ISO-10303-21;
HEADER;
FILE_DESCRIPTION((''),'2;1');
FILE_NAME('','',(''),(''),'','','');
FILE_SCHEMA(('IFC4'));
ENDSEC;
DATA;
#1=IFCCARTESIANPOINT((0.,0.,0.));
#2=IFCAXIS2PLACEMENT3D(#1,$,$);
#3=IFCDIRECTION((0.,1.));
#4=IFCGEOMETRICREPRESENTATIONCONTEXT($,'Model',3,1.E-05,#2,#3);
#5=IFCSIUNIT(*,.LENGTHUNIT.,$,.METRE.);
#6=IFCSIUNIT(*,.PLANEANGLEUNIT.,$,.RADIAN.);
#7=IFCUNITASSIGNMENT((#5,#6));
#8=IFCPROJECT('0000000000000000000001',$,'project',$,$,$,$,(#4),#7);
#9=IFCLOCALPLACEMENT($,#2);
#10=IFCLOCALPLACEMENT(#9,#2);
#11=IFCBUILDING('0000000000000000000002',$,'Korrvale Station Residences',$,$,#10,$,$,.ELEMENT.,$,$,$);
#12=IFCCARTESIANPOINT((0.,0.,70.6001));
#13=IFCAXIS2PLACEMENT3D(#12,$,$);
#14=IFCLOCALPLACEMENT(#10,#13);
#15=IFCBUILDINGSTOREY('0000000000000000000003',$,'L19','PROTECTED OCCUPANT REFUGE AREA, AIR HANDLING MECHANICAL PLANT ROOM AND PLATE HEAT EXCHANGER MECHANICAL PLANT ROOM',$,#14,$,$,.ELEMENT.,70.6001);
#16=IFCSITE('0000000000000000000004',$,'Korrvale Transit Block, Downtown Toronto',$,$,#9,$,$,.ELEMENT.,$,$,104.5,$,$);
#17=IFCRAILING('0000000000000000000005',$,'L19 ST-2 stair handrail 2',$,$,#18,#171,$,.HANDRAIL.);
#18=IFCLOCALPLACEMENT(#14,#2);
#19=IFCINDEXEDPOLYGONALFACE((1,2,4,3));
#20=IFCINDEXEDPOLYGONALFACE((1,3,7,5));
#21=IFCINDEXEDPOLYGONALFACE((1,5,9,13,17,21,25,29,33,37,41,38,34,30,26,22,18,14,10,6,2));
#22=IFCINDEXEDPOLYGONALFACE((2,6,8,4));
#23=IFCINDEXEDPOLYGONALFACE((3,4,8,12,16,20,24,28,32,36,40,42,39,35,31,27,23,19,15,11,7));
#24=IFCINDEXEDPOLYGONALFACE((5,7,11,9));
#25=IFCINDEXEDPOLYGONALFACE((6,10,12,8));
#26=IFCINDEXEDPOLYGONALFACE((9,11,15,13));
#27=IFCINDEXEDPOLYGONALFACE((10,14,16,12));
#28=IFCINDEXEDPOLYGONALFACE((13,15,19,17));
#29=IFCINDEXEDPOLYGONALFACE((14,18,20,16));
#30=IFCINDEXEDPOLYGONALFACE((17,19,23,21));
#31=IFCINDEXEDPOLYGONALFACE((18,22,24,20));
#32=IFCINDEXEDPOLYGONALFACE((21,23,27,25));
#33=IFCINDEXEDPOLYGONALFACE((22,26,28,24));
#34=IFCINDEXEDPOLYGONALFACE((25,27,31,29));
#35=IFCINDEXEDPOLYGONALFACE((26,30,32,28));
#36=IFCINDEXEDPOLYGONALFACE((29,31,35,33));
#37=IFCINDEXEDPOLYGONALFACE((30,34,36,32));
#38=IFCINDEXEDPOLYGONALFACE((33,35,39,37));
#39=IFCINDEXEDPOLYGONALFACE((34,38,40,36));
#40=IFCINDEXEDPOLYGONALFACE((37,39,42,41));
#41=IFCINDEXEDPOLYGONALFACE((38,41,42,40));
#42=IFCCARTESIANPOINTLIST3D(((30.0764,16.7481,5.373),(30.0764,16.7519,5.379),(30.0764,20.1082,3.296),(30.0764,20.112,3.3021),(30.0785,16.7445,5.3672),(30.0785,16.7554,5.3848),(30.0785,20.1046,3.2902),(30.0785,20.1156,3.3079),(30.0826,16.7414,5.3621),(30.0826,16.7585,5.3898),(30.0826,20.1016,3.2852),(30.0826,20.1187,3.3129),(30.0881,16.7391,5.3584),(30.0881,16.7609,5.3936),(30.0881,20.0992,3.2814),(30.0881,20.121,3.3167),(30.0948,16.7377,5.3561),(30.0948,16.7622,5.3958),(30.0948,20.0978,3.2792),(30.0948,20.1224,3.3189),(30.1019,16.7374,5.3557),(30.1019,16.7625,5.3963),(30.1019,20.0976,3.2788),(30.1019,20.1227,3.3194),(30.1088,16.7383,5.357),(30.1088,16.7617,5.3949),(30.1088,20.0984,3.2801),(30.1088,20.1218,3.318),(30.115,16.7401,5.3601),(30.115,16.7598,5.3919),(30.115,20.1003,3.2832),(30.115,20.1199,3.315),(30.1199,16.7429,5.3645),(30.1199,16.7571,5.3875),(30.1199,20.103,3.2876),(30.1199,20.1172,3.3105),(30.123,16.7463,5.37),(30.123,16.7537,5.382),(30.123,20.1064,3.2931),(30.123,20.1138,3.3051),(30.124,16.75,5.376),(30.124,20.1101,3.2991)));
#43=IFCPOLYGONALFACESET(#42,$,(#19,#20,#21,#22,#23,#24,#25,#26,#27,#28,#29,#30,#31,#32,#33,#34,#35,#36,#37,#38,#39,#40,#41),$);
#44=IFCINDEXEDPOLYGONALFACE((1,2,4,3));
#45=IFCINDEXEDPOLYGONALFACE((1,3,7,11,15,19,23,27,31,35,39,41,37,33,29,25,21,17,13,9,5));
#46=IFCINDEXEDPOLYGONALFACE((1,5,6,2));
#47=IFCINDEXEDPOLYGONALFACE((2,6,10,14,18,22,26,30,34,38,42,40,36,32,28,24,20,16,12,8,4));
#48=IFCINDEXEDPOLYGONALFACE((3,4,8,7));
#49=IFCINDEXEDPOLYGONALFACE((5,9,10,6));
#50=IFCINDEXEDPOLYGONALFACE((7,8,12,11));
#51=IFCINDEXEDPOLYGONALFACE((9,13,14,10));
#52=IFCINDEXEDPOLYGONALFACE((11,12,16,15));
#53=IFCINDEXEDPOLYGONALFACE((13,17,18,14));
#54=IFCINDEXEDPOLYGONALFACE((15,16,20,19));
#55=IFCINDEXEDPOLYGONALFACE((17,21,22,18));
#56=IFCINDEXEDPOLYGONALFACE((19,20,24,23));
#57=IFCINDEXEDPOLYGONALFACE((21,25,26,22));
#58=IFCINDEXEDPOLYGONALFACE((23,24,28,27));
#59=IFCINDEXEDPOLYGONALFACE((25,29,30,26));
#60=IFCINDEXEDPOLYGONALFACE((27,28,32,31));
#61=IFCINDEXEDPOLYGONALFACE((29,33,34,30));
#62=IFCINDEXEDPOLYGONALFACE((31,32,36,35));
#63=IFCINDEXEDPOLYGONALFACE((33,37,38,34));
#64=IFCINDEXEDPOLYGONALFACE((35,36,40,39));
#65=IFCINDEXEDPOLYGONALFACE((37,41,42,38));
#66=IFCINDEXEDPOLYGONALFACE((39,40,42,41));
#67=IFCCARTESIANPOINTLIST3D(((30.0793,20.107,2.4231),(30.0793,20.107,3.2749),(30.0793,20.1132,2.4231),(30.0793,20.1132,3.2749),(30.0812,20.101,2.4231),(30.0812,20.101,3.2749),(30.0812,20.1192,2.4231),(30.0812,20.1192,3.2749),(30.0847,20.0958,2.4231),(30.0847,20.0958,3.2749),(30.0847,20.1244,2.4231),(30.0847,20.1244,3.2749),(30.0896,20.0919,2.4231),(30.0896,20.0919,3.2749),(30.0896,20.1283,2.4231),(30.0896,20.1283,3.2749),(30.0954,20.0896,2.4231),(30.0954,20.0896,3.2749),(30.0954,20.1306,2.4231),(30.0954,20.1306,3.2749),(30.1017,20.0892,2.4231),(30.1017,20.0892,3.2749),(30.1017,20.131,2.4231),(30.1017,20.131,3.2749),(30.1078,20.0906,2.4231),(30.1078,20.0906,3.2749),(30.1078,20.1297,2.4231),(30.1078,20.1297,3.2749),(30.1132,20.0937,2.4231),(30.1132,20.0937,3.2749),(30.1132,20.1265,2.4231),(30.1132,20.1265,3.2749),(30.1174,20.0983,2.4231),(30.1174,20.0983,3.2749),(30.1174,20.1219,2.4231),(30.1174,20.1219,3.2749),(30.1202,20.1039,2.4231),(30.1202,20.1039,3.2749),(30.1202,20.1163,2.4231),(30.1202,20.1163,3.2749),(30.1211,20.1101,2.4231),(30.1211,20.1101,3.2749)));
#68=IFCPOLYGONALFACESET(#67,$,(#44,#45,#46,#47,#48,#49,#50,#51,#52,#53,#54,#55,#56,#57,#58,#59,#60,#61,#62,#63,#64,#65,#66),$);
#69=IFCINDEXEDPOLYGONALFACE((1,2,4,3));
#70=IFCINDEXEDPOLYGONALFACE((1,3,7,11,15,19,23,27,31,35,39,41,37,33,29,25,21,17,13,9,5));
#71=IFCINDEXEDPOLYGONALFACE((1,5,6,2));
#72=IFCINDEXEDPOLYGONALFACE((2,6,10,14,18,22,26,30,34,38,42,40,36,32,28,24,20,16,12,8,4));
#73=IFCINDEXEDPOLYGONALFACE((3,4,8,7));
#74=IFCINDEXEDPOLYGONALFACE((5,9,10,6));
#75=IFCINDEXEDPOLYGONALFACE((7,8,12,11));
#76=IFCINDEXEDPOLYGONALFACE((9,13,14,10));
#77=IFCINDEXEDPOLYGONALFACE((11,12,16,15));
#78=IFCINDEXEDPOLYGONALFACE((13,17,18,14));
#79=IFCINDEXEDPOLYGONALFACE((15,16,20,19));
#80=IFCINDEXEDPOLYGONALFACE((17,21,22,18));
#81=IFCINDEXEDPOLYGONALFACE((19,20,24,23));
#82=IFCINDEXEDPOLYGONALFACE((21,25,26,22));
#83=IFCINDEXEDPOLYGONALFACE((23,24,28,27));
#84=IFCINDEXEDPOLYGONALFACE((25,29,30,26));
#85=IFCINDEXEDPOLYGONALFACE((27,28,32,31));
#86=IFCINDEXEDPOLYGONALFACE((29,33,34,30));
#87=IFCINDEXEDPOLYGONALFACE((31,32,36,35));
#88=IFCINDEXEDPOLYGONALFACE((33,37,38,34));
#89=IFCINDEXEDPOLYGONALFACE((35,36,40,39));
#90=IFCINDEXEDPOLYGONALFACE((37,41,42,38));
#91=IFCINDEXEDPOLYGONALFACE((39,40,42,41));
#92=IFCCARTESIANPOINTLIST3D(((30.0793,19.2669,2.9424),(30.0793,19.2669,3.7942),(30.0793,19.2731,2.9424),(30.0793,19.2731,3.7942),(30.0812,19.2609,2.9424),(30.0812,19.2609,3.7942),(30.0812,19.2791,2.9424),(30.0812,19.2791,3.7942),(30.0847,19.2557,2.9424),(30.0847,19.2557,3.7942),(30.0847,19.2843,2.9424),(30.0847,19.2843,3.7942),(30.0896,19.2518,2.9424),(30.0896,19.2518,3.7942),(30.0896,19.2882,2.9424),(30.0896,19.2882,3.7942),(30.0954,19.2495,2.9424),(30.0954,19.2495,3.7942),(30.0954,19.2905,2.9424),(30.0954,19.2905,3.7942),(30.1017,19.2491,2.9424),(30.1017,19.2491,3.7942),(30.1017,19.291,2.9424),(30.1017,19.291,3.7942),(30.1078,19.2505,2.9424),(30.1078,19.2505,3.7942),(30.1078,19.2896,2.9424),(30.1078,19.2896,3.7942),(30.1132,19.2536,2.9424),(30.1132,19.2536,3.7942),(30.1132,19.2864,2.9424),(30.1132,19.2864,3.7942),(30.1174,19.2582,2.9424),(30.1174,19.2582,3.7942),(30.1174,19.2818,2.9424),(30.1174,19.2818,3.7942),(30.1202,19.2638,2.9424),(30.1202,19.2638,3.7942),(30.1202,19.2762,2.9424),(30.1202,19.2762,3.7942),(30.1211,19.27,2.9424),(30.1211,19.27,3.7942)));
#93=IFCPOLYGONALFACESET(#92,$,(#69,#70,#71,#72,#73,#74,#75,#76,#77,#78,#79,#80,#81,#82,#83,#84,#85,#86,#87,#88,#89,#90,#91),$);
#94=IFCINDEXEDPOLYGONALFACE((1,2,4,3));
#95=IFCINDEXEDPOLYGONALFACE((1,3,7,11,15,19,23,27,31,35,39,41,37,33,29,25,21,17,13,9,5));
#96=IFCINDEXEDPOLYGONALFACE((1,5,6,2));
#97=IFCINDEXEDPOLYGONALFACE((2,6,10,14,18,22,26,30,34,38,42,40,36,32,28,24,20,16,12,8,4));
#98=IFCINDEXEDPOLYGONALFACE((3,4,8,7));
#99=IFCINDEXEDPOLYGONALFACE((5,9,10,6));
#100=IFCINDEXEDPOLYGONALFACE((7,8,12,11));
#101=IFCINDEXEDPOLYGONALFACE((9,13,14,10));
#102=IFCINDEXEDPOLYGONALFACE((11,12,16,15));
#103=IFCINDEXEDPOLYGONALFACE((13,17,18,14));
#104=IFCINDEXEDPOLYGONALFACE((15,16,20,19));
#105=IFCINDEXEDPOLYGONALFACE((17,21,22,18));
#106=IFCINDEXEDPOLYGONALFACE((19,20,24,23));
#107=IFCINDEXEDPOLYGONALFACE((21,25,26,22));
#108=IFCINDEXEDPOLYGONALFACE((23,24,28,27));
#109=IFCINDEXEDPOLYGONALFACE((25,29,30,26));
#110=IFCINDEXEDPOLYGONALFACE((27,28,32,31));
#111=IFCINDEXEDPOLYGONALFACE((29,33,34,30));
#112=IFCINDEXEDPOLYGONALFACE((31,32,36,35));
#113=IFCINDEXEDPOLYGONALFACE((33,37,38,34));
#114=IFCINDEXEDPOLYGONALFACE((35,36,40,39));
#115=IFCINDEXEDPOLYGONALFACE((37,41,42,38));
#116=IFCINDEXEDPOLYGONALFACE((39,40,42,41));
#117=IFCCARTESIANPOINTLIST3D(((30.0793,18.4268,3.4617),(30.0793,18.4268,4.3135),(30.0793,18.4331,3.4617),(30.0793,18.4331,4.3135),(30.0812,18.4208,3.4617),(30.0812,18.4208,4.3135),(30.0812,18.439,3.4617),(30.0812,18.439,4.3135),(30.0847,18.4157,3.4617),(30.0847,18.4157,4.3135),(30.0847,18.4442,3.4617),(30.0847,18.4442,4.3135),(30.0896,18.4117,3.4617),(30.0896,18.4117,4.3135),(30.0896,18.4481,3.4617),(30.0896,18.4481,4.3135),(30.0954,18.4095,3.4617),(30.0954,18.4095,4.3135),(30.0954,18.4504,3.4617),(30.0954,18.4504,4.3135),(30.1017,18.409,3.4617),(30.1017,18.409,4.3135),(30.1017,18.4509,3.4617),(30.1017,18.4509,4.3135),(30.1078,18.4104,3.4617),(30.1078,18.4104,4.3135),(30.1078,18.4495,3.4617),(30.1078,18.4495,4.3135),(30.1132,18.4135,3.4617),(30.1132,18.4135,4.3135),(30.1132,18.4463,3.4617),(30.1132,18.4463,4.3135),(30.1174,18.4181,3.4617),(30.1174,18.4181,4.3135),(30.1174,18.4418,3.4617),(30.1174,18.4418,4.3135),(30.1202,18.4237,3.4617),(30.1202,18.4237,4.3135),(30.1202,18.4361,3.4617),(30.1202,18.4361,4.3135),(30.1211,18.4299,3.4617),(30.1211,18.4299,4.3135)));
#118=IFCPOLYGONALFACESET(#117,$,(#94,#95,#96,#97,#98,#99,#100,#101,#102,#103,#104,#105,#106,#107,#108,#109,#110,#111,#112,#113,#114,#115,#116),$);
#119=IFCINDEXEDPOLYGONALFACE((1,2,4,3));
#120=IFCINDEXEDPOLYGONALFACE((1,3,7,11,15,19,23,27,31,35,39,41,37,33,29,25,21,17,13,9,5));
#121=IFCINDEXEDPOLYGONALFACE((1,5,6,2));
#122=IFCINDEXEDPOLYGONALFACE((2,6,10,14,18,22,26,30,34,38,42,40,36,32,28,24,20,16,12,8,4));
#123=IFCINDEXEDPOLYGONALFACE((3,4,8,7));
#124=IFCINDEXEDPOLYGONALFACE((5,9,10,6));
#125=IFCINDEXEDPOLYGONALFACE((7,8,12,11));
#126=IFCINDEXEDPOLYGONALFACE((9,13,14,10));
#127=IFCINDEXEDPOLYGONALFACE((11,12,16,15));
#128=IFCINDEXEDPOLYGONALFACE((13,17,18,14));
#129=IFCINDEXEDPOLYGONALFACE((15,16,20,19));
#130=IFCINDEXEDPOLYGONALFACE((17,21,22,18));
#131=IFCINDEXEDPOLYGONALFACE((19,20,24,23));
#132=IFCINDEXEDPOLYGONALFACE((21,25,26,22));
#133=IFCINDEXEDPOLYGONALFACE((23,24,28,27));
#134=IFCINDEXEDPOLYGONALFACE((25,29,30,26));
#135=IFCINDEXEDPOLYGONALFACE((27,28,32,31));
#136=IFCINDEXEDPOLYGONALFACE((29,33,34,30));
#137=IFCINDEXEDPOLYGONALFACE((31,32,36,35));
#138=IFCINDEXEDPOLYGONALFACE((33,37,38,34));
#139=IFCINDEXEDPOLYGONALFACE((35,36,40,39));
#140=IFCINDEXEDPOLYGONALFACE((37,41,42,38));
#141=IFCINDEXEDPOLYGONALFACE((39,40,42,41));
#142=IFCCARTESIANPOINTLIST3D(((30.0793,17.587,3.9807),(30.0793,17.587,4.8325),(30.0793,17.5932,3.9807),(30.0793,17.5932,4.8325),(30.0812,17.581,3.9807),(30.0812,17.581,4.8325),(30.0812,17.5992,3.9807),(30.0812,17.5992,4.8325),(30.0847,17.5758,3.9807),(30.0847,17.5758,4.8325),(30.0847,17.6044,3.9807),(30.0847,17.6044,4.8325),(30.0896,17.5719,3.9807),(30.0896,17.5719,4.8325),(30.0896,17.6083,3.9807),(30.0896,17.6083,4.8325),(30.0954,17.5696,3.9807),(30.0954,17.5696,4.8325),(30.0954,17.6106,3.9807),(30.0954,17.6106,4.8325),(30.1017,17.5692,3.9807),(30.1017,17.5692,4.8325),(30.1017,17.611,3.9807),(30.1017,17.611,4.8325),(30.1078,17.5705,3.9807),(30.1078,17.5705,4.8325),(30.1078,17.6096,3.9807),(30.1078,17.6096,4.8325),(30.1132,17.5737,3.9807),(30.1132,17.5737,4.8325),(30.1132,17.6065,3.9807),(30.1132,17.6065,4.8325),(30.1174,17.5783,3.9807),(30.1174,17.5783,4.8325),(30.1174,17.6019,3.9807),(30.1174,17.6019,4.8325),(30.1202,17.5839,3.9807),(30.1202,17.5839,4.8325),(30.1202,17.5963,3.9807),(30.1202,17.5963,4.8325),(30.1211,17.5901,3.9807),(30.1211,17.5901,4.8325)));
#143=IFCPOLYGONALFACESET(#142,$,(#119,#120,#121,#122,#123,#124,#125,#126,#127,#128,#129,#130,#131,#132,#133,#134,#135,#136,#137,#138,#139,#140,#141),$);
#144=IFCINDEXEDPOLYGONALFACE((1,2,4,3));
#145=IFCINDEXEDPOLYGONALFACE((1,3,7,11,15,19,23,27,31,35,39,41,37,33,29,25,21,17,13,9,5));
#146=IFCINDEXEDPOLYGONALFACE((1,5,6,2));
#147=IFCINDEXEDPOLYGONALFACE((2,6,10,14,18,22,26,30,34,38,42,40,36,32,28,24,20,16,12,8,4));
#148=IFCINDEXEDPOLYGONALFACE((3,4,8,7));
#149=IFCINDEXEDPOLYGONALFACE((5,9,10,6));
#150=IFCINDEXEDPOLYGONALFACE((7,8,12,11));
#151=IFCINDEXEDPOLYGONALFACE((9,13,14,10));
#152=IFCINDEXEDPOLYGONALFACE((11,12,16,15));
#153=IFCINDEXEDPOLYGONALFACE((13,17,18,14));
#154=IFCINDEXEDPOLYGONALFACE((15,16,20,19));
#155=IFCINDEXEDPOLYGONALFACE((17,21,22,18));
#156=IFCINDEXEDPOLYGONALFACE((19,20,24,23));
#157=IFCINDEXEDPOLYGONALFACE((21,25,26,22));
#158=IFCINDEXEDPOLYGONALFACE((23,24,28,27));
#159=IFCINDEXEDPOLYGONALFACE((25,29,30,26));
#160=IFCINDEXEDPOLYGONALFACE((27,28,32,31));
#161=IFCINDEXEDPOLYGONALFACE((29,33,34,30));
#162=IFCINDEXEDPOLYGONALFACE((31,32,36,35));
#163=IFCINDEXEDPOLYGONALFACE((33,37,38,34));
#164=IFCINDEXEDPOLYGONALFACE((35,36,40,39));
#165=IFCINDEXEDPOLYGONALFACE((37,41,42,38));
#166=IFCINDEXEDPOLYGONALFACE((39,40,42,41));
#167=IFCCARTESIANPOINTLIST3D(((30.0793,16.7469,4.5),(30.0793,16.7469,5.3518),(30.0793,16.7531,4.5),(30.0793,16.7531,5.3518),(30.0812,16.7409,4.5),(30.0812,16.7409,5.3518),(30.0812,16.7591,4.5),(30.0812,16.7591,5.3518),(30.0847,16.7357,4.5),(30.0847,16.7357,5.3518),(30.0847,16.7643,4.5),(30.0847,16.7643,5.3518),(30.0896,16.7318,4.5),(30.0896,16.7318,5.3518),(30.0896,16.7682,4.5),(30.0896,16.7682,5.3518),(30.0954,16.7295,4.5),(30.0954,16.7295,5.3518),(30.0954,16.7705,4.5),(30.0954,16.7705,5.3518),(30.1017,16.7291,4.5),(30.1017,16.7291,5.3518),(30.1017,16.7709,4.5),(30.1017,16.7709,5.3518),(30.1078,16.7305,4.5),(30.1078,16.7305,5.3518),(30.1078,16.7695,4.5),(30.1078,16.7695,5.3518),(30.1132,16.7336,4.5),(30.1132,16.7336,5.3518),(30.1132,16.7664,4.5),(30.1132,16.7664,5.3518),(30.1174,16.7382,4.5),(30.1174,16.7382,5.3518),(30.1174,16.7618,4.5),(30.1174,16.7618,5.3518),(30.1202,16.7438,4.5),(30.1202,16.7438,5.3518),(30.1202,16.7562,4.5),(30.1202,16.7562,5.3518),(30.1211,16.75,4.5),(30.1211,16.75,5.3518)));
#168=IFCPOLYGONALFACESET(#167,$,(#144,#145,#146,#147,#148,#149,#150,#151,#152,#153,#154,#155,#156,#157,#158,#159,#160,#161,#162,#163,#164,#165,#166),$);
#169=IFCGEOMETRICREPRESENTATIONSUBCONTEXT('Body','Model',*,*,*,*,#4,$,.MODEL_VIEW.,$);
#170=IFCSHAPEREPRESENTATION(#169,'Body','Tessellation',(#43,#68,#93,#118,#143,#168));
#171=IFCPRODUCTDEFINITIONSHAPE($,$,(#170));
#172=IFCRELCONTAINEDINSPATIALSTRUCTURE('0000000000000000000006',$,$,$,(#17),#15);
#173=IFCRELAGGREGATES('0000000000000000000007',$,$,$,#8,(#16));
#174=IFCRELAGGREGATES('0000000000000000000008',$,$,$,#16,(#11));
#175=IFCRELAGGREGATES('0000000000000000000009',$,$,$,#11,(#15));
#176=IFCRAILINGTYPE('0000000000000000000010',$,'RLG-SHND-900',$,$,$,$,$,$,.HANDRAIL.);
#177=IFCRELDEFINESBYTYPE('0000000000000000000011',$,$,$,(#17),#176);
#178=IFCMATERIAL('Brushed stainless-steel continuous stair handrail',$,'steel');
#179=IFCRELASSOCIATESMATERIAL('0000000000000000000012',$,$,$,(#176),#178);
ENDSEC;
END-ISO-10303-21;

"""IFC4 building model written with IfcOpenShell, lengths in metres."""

from ifc_helpers import new_model, si_unit, direction, frame, origin, origin_2d, place, context, subcontext, project, spatial, circle, extrude, material, type_object, element, save


model = new_model("IFC4")

# Units and contexts
model_context = context("Model", 3, precision=1e-05, world=origin(), true_north=direction((0.0, 1.0)))
body_context = subcontext(model_context, "Body", "Model", "MODEL_VIEW")
ifc_project = project(units=[si_unit("LENGTHUNIT", "METRE"), si_unit("PLANEANGLEUNIT", "RADIAN")], contexts=[model_context])

# Site, building, storey
site_placement = place(None, origin())
site = spatial("IfcSite", under=ifc_project, at=site_placement, Name="Korrvale Transit Block, Downtown Toronto", CompositionType="ELEMENT", RefElevation=104.5)
building_placement = place(site_placement, origin())
building = spatial("IfcBuilding", under=site, at=building_placement, Name="Korrvale Station Residences", CompositionType="ELEMENT")
storey_placement = place(building_placement, frame((0.0, 0.0, 70.6001)))
storey = spatial("IfcBuildingStorey", under=building, at=storey_placement, Name="L19", Description="PROTECTED OCCUPANT REFUGE AREA, AIR HANDLING MECHANICAL PLANT ROOM AND PLATE HEAT EXCHANGER MECHANICAL PLANT ROOM", CompositionType="ELEMENT", Elevation=70.6001)

# Railing
ifc_material_1 = material(Name="Brushed stainless-steel continuous stair handrail", Category="steel")
railing_type_1 = type_object("IfcRailingType", Name="RLG-SHND-900", PredefinedType="HANDRAIL", material=ifc_material_1)
railing_1_placement = place(storey_placement, frame((30.1001, 20.1101, 2.4231)))
element("IfcRailing", 1, at=railing_1_placement, inside=storey, type_object=railing_type_1, Name="L19 ST-2 stair handrail 2", PredefinedType="HANDRAIL", context=body_context, shape_type="SweptSolid", body=[
    extrude(circle(Radius=0.0239, at=origin_2d()), frame((0.0, 0.0, 0.876), z_axis=(0.0, -0.850623, 0.525776), x_axis=(1.0, 0.0, 0.0)), (0.0, 0.0, 1.0), 3.9502),
    extrude(circle(Radius=0.021, at=origin_2d()), origin(), (0.0, 0.0, 1.0), 0.8518),
    extrude(circle(Radius=0.021, at=origin_2d()), frame((0.0, -0.8401, 0.5193)), (0.0, 0.0, 1.0), 0.8518),
    extrude(circle(Radius=0.021, at=origin_2d()), frame((0.0, -1.6802, 1.0386)), (0.0, 0.0, 1.0), 0.8518),
    extrude(circle(Radius=0.021, at=origin_2d()), frame((0.0, -2.52, 1.5576)), (0.0, 0.0, 1.0), 0.8518),
    extrude(circle(Radius=0.021, at=origin_2d()), frame((0.0, -3.3601, 2.0769)), (0.0, 0.0, 1.0), 0.8518),
])

save(model, "model.ifc")
